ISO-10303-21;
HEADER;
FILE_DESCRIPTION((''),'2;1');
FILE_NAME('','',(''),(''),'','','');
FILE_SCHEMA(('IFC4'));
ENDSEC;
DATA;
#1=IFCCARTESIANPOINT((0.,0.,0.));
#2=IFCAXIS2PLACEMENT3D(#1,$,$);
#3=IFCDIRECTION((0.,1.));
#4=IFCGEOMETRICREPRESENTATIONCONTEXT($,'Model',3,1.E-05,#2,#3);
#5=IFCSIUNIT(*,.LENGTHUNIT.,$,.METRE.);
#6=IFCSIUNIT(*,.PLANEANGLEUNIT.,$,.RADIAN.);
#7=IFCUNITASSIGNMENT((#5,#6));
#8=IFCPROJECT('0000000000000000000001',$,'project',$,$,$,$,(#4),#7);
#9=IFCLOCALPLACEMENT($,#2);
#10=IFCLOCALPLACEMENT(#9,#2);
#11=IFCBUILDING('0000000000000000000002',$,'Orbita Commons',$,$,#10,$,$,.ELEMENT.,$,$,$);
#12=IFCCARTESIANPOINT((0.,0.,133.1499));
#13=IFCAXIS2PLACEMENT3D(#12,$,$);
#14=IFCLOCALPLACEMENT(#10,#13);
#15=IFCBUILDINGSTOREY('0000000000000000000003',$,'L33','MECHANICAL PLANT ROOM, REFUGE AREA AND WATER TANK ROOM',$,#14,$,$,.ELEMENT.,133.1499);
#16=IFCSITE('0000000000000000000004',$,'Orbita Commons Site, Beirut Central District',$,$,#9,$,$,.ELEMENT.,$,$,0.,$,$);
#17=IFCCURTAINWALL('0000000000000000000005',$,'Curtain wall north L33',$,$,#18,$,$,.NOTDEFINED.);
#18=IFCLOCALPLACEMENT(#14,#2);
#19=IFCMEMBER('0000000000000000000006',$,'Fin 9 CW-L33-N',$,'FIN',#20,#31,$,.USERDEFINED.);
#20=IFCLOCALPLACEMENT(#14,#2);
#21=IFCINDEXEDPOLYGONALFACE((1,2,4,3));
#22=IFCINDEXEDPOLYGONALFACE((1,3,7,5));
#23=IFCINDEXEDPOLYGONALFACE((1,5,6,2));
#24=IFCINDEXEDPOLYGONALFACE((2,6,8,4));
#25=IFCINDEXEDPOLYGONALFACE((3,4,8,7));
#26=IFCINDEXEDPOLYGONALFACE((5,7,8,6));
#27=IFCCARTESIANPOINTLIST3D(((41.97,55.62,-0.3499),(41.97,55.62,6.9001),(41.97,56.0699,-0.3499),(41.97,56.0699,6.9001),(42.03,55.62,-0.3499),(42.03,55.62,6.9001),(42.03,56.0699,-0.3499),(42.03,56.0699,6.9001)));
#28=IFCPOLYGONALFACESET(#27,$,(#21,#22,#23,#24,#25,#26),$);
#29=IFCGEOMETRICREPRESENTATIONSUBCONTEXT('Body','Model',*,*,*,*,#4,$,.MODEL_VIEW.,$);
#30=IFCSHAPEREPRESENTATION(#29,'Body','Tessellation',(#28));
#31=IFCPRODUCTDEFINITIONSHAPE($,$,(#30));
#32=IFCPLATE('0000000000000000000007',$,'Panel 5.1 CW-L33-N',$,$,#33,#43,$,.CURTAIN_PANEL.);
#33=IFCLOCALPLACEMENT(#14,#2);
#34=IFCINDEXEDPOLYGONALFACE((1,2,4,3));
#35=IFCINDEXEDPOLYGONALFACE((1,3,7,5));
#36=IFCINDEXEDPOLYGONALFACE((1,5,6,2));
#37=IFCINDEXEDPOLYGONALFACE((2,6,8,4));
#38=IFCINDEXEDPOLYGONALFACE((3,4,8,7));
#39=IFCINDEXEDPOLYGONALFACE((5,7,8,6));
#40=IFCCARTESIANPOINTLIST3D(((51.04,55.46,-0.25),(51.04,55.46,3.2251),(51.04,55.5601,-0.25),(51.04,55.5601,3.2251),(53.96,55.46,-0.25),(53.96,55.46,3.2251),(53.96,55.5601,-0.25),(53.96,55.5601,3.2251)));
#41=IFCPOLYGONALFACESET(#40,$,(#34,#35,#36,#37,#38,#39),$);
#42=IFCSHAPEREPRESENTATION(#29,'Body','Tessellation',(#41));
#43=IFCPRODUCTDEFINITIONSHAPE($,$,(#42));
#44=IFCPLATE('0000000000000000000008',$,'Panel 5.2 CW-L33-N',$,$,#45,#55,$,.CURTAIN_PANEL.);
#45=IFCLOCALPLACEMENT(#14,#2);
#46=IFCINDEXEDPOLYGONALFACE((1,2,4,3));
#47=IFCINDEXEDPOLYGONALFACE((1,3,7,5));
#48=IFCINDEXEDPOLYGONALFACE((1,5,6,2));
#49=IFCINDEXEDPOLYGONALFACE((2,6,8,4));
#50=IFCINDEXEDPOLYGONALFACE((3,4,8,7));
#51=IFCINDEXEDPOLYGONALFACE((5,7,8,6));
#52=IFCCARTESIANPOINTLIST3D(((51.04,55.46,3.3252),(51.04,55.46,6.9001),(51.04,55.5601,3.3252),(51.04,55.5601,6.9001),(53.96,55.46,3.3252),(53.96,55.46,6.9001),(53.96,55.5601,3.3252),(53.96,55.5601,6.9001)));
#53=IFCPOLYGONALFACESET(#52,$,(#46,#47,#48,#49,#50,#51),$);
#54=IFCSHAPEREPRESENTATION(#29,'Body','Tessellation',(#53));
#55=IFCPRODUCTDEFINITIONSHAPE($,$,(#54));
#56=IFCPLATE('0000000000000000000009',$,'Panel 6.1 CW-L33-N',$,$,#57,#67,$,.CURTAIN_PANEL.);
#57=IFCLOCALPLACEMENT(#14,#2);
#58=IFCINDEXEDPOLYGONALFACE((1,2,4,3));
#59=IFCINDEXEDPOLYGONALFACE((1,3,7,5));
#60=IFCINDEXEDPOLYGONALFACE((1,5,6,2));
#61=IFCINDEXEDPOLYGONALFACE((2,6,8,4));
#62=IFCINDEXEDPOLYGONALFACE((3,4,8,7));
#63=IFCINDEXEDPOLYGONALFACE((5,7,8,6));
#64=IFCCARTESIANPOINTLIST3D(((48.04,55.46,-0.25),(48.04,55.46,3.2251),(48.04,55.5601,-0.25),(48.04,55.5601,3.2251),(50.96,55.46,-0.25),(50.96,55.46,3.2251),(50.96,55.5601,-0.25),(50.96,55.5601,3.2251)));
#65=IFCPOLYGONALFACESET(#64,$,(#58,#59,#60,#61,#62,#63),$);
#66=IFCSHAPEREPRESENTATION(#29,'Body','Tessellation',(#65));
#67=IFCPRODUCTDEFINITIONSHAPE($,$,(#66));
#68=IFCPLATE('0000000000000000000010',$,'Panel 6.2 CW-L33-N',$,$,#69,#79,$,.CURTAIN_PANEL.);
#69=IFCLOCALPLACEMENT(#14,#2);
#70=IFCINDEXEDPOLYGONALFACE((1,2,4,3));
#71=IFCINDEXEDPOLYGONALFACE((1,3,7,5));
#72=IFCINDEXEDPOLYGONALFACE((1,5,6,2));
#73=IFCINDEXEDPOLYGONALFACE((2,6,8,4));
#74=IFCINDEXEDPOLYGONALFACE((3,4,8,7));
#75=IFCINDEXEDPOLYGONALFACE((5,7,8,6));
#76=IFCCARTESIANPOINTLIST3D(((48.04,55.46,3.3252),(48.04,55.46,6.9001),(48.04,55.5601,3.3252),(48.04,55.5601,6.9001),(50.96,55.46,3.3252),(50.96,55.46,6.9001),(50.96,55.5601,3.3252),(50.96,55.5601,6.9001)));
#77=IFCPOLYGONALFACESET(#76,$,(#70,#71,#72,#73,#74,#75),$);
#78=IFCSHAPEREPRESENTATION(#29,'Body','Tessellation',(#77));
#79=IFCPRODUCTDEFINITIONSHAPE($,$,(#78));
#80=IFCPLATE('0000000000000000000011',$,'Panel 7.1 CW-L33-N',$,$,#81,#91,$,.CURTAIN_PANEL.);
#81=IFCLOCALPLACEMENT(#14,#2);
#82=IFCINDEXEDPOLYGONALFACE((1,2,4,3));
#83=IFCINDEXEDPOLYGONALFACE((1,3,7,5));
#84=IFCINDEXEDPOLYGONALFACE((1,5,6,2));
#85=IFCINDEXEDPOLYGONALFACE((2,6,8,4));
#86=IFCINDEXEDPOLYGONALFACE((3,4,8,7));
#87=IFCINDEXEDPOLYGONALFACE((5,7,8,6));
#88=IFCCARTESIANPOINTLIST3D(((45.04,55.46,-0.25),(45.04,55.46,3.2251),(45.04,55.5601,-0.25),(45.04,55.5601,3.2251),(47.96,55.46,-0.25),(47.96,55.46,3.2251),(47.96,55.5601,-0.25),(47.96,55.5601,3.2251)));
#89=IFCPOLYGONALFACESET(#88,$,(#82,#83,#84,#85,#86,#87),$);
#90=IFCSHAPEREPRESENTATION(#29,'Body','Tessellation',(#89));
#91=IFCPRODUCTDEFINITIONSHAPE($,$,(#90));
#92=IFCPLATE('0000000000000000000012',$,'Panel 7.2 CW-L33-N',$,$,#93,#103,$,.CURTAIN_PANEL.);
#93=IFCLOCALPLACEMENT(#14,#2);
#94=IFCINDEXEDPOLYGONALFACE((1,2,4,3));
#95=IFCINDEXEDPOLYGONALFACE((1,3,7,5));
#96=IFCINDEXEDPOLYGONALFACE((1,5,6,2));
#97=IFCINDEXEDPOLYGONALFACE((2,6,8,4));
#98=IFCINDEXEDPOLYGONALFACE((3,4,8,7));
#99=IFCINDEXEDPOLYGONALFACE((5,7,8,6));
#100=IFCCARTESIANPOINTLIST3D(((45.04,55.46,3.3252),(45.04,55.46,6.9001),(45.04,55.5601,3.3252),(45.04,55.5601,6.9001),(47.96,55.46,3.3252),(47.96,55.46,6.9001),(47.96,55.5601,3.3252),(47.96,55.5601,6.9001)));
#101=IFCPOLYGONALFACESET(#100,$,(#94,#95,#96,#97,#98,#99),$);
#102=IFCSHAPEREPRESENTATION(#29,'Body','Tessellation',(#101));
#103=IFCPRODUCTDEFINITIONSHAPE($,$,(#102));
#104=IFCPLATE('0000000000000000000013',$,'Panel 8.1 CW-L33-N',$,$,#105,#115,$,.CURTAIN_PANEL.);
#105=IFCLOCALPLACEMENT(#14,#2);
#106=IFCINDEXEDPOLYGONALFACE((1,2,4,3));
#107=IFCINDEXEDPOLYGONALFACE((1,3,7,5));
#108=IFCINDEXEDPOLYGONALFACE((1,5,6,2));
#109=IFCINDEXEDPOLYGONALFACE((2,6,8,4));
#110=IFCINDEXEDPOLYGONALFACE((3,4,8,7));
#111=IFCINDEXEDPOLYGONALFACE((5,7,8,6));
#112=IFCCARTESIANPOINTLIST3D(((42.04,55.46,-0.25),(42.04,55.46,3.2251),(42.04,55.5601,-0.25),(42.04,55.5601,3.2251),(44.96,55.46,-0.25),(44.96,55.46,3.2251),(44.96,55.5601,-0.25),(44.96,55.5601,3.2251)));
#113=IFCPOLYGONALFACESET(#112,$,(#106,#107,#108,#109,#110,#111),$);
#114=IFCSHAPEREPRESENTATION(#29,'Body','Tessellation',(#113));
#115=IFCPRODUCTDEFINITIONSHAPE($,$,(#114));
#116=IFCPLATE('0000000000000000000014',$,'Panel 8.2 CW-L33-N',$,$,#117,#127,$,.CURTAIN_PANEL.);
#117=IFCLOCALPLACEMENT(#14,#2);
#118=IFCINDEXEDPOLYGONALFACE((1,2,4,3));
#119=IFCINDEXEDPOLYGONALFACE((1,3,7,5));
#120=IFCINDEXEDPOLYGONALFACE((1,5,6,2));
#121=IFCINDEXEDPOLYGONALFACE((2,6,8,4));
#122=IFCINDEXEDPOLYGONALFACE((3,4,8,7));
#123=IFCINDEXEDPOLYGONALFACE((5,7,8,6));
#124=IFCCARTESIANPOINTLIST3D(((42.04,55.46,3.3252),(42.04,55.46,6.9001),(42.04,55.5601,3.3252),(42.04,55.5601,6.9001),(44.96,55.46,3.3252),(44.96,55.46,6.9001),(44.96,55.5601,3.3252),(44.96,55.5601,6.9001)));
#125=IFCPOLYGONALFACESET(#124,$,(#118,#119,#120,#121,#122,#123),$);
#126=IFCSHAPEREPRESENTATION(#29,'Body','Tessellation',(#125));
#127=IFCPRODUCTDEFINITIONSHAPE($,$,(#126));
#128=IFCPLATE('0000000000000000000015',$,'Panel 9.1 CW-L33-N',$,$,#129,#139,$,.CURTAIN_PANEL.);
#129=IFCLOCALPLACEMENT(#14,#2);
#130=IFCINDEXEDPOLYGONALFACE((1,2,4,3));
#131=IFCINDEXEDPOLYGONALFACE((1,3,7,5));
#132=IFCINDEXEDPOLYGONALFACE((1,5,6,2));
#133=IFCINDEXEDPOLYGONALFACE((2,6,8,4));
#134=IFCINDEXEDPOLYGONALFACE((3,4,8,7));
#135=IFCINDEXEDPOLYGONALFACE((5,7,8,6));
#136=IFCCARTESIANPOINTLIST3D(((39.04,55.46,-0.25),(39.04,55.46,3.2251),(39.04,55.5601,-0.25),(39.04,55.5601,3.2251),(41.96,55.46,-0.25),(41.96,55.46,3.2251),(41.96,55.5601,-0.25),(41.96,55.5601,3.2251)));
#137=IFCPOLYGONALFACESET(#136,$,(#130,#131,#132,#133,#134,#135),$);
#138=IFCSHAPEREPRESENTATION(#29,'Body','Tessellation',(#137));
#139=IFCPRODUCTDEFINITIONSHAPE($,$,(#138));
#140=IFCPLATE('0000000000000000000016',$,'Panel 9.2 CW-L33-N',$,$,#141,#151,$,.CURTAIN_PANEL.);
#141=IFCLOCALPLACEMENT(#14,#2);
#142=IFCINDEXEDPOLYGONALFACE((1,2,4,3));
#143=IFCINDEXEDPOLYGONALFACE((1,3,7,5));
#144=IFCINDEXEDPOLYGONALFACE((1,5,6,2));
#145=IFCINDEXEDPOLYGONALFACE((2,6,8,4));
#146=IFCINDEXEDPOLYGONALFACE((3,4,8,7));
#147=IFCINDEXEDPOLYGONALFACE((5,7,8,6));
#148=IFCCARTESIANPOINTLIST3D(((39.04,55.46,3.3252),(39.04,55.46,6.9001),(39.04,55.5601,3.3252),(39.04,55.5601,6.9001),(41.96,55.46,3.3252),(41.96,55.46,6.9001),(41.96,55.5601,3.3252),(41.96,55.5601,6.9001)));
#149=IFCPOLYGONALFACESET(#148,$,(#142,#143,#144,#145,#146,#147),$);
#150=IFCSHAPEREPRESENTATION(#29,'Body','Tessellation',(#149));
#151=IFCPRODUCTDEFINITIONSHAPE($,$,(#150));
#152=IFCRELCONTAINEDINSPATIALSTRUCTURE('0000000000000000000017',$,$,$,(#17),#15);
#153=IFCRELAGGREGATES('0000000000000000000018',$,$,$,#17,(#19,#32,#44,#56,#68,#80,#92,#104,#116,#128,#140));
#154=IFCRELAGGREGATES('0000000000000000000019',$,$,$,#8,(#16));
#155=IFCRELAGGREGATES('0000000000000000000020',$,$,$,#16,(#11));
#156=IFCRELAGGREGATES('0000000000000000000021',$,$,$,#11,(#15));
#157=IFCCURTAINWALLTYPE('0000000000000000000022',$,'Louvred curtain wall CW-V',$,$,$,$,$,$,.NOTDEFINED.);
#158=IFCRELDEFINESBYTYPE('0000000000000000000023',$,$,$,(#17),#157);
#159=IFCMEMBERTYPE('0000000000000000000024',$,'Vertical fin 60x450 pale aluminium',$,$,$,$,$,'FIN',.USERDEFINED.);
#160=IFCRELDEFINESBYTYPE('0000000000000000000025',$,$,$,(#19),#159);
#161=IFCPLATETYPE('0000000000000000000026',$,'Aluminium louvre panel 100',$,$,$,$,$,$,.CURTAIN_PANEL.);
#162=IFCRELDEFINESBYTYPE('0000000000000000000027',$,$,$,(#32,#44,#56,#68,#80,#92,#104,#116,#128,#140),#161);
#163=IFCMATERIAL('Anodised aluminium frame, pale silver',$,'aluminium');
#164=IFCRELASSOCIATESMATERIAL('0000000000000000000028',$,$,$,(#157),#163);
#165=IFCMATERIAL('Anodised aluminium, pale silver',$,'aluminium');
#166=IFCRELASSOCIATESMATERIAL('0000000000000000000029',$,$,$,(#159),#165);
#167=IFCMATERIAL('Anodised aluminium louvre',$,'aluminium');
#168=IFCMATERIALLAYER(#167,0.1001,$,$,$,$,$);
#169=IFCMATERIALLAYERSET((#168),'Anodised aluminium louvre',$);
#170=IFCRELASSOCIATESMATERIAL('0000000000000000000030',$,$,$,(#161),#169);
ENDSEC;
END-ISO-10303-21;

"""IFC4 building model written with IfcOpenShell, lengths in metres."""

from ifc_helpers import new_model, si_unit, direction, frame, origin, origin_2d, place, context, subcontext, project, spatial, rectangle, extrude, material, layer, layer_set, material_profile, profile_set, type_object, element, aggregate, save


model = new_model("IFC4")

# Units and contexts
model_context = context("Model", 3, precision=1e-05, world=origin(), true_north=direction((0.0, 1.0)))
body_context = subcontext(model_context, "Body", "Model", "MODEL_VIEW")
ifc_project = project(units=[si_unit("LENGTHUNIT", "METRE"), si_unit("PLANEANGLEUNIT", "RADIAN")], contexts=[model_context])

# Site, building, storey
site_placement = place(None, origin())
site = spatial("IfcSite", under=ifc_project, at=site_placement, Name="Orbita Commons Site, Beirut Central District", CompositionType="ELEMENT", RefElevation=0.0)
building_placement = place(site_placement, origin())
building = spatial("IfcBuilding", under=site, at=building_placement, Name="Orbita Commons", CompositionType="ELEMENT")
storey_placement = place(building_placement, frame((0.0, 0.0, 133.1499)))
storey = spatial("IfcBuildingStorey", under=building, at=storey_placement, Name="L33", Description="MECHANICAL PLANT ROOM, REFUGE AREA AND WATER TANK ROOM", CompositionType="ELEMENT", Elevation=133.1499)

# Curtain wall, member, plates
ifc_material_1 = material(Name="Anodised aluminium frame, pale silver", Category="aluminium")
curtain_wall_type = type_object("IfcCurtainWallType", Name="Louvred curtain wall CW-V", PredefinedType="NOTDEFINED", material=ifc_material_1)
curtain_wall_placement = place(storey_placement, origin())
curtain_wall = element("IfcCurtainWall", 1, at=curtain_wall_placement, inside=storey, type_object=curtain_wall_type, Name="Curtain wall north L33", PredefinedType="NOTDEFINED")
ifc_material_2 = material(Name="Anodised aluminium, pale silver", Category="aluminium")
ifc_material_profile_1 = material_profile(ifc_material_2, rectangle(XDim=0.0601, YDim=0.45, at=origin_2d()), Name="FIN 60x450")
ifc_profile_set_1 = profile_set([ifc_material_profile_1], Name="Anodised aluminium, pale silver")
member_type_1 = type_object("IfcMemberType", Name="Vertical fin 60x450 pale aluminium", ElementType="FIN", PredefinedType="USERDEFINED", material=ifc_profile_set_1)
member_1_placement = place(storey_placement, frame((42.0, 55.845, -0.3499), z_axis=(0.0, 0.0, 1.0), x_axis=(-1.0, 0.0, 0.0)))
member_1 = element("IfcMember", 2, at=member_1_placement, type_object=member_type_1, Name="Fin 9 CW-L33-N", ObjectType="FIN", PredefinedType="USERDEFINED", context=body_context, shape_type="SweptSolid", body=[
    extrude(rectangle(XDim=0.0601, YDim=0.45, at=origin_2d()), origin(), (0.0, 0.0, 1.0), 7.25),
])
ifc_material_3 = material(Name="Anodised aluminium louvre", Category="aluminium")
ifc_layer = layer(ifc_material_3, 0.1001)
ifc_layer_set = layer_set([ifc_layer], Name="Anodised aluminium louvre")
plate_type = type_object("IfcPlateType", Name="Aluminium louvre panel 100", PredefinedType="CURTAIN_PANEL", material=ifc_layer_set)
plate_1_placement = place(storey_placement, frame((52.5, 55.51, -0.25), z_axis=(0.0, 0.0, 1.0), x_axis=(-1.0, 0.0, 0.0)))
plate_1 = element("IfcPlate", 3, at=plate_1_placement, type_object=plate_type, Name="Panel 5.1 CW-L33-N", PredefinedType="CURTAIN_PANEL", context=body_context, shape_type="SweptSolid", body=[
    extrude(rectangle(XDim=2.9199, YDim=0.1001, at=origin_2d()), origin(), (0.0, 0.0, 1.0), 3.4751),
])
plate_2_placement = place(storey_placement, frame((52.5, 55.51, 3.3252), z_axis=(0.0, 0.0, 1.0), x_axis=(-1.0, 0.0, 0.0)))
plate_2 = element("IfcPlate", 4, at=plate_2_placement, type_object=plate_type, Name="Panel 5.2 CW-L33-N", PredefinedType="CURTAIN_PANEL", context=body_context, shape_type="SweptSolid", body=[
    extrude(rectangle(XDim=2.9199, YDim=0.1001, at=origin_2d()), origin(), (0.0, 0.0, 1.0), 3.575),
])
plate_3_placement = place(storey_placement, frame((49.5, 55.51, -0.25), z_axis=(0.0, 0.0, 1.0), x_axis=(-1.0, 0.0, 0.0)))
plate_3 = element("IfcPlate", 5, at=plate_3_placement, type_object=plate_type, Name="Panel 6.1 CW-L33-N", PredefinedType="CURTAIN_PANEL", context=body_context, shape_type="SweptSolid", body=[
    extrude(rectangle(XDim=2.9199, YDim=0.1001, at=origin_2d()), origin(), (0.0, 0.0, 1.0), 3.4751),
])
plate_4_placement = place(storey_placement, frame((49.5, 55.51, 3.3252), z_axis=(0.0, 0.0, 1.0), x_axis=(-1.0, 0.0, 0.0)))
plate_4 = element("IfcPlate", 6, at=plate_4_placement, type_object=plate_type, Name="Panel 6.2 CW-L33-N", PredefinedType="CURTAIN_PANEL", context=body_context, shape_type="SweptSolid", body=[
    extrude(rectangle(XDim=2.9199, YDim=0.1001, at=origin_2d()), origin(), (0.0, 0.0, 1.0), 3.575),
])
plate_5_placement = place(storey_placement, frame((46.5, 55.51, -0.25), z_axis=(0.0, 0.0, 1.0), x_axis=(-1.0, 0.0, 0.0)))
plate_5 = element("IfcPlate", 7, at=plate_5_placement, type_object=plate_type, Name="Panel 7.1 CW-L33-N", PredefinedType="CURTAIN_PANEL", context=body_context, shape_type="SweptSolid", body=[
    extrude(rectangle(XDim=2.9199, YDim=0.1001, at=origin_2d()), origin(), (0.0, 0.0, 1.0), 3.4751),
])
plate_6_placement = place(storey_placement, frame((46.5, 55.51, 3.3252), z_axis=(0.0, 0.0, 1.0), x_axis=(-1.0, 0.0, 0.0)))
plate_6 = element("IfcPlate", 8, at=plate_6_placement, type_object=plate_type, Name="Panel 7.2 CW-L33-N", PredefinedType="CURTAIN_PANEL", context=body_context, shape_type="SweptSolid", body=[
    extrude(rectangle(XDim=2.9199, YDim=0.1001, at=origin_2d()), origin(), (0.0, 0.0, 1.0), 3.575),
])
plate_7_placement = place(storey_placement, frame((43.5, 55.51, -0.25), z_axis=(0.0, 0.0, 1.0), x_axis=(-1.0, 0.0, 0.0)))
plate_7 = element("IfcPlate", 9, at=plate_7_placement, type_object=plate_type, Name="Panel 8.1 CW-L33-N", PredefinedType="CURTAIN_PANEL", context=body_context, shape_type="SweptSolid", body=[
    extrude(rectangle(XDim=2.9199, YDim=0.1001, at=origin_2d()), origin(), (0.0, 0.0, 1.0), 3.4751),
])
plate_8_placement = place(storey_placement, frame((43.5, 55.51, 3.3252), z_axis=(0.0, 0.0, 1.0), x_axis=(-1.0, 0.0, 0.0)))
plate_8 = element("IfcPlate", 10, at=plate_8_placement, type_object=plate_type, Name="Panel 8.2 CW-L33-N", PredefinedType="CURTAIN_PANEL", context=body_context, shape_type="SweptSolid", body=[
    extrude(rectangle(XDim=2.9199, YDim=0.1001, at=origin_2d()), origin(), (0.0, 0.0, 1.0), 3.575),
])
plate_9_placement = place(storey_placement, frame((40.5, 55.51, -0.25), z_axis=(0.0, 0.0, 1.0), x_axis=(-1.0, 0.0, 0.0)))
plate_9 = element("IfcPlate", 11, at=plate_9_placement, type_object=plate_type, Name="Panel 9.1 CW-L33-N", PredefinedType="CURTAIN_PANEL", context=body_context, shape_type="SweptSolid", body=[
    extrude(rectangle(XDim=2.9199, YDim=0.1001, at=origin_2d()), origin(), (0.0, 0.0, 1.0), 3.4751),
])
plate_10_placement = place(storey_placement, frame((40.5, 55.51, 3.3252), z_axis=(0.0, 0.0, 1.0), x_axis=(-1.0, 0.0, 0.0)))
plate_10 = element("IfcPlate", 12, at=plate_10_placement, type_object=plate_type, Name="Panel 9.2 CW-L33-N", PredefinedType="CURTAIN_PANEL", context=body_context, shape_type="SweptSolid", body=[
    extrude(rectangle(XDim=2.9199, YDim=0.1001, at=origin_2d()), origin(), (0.0, 0.0, 1.0), 3.575),
])
aggregate(curtain_wall, [member_1, plate_1, plate_2, plate_3, plate_4, plate_5, plate_6, plate_7, plate_8, plate_9, plate_10])

save(model, "model.ifc")
